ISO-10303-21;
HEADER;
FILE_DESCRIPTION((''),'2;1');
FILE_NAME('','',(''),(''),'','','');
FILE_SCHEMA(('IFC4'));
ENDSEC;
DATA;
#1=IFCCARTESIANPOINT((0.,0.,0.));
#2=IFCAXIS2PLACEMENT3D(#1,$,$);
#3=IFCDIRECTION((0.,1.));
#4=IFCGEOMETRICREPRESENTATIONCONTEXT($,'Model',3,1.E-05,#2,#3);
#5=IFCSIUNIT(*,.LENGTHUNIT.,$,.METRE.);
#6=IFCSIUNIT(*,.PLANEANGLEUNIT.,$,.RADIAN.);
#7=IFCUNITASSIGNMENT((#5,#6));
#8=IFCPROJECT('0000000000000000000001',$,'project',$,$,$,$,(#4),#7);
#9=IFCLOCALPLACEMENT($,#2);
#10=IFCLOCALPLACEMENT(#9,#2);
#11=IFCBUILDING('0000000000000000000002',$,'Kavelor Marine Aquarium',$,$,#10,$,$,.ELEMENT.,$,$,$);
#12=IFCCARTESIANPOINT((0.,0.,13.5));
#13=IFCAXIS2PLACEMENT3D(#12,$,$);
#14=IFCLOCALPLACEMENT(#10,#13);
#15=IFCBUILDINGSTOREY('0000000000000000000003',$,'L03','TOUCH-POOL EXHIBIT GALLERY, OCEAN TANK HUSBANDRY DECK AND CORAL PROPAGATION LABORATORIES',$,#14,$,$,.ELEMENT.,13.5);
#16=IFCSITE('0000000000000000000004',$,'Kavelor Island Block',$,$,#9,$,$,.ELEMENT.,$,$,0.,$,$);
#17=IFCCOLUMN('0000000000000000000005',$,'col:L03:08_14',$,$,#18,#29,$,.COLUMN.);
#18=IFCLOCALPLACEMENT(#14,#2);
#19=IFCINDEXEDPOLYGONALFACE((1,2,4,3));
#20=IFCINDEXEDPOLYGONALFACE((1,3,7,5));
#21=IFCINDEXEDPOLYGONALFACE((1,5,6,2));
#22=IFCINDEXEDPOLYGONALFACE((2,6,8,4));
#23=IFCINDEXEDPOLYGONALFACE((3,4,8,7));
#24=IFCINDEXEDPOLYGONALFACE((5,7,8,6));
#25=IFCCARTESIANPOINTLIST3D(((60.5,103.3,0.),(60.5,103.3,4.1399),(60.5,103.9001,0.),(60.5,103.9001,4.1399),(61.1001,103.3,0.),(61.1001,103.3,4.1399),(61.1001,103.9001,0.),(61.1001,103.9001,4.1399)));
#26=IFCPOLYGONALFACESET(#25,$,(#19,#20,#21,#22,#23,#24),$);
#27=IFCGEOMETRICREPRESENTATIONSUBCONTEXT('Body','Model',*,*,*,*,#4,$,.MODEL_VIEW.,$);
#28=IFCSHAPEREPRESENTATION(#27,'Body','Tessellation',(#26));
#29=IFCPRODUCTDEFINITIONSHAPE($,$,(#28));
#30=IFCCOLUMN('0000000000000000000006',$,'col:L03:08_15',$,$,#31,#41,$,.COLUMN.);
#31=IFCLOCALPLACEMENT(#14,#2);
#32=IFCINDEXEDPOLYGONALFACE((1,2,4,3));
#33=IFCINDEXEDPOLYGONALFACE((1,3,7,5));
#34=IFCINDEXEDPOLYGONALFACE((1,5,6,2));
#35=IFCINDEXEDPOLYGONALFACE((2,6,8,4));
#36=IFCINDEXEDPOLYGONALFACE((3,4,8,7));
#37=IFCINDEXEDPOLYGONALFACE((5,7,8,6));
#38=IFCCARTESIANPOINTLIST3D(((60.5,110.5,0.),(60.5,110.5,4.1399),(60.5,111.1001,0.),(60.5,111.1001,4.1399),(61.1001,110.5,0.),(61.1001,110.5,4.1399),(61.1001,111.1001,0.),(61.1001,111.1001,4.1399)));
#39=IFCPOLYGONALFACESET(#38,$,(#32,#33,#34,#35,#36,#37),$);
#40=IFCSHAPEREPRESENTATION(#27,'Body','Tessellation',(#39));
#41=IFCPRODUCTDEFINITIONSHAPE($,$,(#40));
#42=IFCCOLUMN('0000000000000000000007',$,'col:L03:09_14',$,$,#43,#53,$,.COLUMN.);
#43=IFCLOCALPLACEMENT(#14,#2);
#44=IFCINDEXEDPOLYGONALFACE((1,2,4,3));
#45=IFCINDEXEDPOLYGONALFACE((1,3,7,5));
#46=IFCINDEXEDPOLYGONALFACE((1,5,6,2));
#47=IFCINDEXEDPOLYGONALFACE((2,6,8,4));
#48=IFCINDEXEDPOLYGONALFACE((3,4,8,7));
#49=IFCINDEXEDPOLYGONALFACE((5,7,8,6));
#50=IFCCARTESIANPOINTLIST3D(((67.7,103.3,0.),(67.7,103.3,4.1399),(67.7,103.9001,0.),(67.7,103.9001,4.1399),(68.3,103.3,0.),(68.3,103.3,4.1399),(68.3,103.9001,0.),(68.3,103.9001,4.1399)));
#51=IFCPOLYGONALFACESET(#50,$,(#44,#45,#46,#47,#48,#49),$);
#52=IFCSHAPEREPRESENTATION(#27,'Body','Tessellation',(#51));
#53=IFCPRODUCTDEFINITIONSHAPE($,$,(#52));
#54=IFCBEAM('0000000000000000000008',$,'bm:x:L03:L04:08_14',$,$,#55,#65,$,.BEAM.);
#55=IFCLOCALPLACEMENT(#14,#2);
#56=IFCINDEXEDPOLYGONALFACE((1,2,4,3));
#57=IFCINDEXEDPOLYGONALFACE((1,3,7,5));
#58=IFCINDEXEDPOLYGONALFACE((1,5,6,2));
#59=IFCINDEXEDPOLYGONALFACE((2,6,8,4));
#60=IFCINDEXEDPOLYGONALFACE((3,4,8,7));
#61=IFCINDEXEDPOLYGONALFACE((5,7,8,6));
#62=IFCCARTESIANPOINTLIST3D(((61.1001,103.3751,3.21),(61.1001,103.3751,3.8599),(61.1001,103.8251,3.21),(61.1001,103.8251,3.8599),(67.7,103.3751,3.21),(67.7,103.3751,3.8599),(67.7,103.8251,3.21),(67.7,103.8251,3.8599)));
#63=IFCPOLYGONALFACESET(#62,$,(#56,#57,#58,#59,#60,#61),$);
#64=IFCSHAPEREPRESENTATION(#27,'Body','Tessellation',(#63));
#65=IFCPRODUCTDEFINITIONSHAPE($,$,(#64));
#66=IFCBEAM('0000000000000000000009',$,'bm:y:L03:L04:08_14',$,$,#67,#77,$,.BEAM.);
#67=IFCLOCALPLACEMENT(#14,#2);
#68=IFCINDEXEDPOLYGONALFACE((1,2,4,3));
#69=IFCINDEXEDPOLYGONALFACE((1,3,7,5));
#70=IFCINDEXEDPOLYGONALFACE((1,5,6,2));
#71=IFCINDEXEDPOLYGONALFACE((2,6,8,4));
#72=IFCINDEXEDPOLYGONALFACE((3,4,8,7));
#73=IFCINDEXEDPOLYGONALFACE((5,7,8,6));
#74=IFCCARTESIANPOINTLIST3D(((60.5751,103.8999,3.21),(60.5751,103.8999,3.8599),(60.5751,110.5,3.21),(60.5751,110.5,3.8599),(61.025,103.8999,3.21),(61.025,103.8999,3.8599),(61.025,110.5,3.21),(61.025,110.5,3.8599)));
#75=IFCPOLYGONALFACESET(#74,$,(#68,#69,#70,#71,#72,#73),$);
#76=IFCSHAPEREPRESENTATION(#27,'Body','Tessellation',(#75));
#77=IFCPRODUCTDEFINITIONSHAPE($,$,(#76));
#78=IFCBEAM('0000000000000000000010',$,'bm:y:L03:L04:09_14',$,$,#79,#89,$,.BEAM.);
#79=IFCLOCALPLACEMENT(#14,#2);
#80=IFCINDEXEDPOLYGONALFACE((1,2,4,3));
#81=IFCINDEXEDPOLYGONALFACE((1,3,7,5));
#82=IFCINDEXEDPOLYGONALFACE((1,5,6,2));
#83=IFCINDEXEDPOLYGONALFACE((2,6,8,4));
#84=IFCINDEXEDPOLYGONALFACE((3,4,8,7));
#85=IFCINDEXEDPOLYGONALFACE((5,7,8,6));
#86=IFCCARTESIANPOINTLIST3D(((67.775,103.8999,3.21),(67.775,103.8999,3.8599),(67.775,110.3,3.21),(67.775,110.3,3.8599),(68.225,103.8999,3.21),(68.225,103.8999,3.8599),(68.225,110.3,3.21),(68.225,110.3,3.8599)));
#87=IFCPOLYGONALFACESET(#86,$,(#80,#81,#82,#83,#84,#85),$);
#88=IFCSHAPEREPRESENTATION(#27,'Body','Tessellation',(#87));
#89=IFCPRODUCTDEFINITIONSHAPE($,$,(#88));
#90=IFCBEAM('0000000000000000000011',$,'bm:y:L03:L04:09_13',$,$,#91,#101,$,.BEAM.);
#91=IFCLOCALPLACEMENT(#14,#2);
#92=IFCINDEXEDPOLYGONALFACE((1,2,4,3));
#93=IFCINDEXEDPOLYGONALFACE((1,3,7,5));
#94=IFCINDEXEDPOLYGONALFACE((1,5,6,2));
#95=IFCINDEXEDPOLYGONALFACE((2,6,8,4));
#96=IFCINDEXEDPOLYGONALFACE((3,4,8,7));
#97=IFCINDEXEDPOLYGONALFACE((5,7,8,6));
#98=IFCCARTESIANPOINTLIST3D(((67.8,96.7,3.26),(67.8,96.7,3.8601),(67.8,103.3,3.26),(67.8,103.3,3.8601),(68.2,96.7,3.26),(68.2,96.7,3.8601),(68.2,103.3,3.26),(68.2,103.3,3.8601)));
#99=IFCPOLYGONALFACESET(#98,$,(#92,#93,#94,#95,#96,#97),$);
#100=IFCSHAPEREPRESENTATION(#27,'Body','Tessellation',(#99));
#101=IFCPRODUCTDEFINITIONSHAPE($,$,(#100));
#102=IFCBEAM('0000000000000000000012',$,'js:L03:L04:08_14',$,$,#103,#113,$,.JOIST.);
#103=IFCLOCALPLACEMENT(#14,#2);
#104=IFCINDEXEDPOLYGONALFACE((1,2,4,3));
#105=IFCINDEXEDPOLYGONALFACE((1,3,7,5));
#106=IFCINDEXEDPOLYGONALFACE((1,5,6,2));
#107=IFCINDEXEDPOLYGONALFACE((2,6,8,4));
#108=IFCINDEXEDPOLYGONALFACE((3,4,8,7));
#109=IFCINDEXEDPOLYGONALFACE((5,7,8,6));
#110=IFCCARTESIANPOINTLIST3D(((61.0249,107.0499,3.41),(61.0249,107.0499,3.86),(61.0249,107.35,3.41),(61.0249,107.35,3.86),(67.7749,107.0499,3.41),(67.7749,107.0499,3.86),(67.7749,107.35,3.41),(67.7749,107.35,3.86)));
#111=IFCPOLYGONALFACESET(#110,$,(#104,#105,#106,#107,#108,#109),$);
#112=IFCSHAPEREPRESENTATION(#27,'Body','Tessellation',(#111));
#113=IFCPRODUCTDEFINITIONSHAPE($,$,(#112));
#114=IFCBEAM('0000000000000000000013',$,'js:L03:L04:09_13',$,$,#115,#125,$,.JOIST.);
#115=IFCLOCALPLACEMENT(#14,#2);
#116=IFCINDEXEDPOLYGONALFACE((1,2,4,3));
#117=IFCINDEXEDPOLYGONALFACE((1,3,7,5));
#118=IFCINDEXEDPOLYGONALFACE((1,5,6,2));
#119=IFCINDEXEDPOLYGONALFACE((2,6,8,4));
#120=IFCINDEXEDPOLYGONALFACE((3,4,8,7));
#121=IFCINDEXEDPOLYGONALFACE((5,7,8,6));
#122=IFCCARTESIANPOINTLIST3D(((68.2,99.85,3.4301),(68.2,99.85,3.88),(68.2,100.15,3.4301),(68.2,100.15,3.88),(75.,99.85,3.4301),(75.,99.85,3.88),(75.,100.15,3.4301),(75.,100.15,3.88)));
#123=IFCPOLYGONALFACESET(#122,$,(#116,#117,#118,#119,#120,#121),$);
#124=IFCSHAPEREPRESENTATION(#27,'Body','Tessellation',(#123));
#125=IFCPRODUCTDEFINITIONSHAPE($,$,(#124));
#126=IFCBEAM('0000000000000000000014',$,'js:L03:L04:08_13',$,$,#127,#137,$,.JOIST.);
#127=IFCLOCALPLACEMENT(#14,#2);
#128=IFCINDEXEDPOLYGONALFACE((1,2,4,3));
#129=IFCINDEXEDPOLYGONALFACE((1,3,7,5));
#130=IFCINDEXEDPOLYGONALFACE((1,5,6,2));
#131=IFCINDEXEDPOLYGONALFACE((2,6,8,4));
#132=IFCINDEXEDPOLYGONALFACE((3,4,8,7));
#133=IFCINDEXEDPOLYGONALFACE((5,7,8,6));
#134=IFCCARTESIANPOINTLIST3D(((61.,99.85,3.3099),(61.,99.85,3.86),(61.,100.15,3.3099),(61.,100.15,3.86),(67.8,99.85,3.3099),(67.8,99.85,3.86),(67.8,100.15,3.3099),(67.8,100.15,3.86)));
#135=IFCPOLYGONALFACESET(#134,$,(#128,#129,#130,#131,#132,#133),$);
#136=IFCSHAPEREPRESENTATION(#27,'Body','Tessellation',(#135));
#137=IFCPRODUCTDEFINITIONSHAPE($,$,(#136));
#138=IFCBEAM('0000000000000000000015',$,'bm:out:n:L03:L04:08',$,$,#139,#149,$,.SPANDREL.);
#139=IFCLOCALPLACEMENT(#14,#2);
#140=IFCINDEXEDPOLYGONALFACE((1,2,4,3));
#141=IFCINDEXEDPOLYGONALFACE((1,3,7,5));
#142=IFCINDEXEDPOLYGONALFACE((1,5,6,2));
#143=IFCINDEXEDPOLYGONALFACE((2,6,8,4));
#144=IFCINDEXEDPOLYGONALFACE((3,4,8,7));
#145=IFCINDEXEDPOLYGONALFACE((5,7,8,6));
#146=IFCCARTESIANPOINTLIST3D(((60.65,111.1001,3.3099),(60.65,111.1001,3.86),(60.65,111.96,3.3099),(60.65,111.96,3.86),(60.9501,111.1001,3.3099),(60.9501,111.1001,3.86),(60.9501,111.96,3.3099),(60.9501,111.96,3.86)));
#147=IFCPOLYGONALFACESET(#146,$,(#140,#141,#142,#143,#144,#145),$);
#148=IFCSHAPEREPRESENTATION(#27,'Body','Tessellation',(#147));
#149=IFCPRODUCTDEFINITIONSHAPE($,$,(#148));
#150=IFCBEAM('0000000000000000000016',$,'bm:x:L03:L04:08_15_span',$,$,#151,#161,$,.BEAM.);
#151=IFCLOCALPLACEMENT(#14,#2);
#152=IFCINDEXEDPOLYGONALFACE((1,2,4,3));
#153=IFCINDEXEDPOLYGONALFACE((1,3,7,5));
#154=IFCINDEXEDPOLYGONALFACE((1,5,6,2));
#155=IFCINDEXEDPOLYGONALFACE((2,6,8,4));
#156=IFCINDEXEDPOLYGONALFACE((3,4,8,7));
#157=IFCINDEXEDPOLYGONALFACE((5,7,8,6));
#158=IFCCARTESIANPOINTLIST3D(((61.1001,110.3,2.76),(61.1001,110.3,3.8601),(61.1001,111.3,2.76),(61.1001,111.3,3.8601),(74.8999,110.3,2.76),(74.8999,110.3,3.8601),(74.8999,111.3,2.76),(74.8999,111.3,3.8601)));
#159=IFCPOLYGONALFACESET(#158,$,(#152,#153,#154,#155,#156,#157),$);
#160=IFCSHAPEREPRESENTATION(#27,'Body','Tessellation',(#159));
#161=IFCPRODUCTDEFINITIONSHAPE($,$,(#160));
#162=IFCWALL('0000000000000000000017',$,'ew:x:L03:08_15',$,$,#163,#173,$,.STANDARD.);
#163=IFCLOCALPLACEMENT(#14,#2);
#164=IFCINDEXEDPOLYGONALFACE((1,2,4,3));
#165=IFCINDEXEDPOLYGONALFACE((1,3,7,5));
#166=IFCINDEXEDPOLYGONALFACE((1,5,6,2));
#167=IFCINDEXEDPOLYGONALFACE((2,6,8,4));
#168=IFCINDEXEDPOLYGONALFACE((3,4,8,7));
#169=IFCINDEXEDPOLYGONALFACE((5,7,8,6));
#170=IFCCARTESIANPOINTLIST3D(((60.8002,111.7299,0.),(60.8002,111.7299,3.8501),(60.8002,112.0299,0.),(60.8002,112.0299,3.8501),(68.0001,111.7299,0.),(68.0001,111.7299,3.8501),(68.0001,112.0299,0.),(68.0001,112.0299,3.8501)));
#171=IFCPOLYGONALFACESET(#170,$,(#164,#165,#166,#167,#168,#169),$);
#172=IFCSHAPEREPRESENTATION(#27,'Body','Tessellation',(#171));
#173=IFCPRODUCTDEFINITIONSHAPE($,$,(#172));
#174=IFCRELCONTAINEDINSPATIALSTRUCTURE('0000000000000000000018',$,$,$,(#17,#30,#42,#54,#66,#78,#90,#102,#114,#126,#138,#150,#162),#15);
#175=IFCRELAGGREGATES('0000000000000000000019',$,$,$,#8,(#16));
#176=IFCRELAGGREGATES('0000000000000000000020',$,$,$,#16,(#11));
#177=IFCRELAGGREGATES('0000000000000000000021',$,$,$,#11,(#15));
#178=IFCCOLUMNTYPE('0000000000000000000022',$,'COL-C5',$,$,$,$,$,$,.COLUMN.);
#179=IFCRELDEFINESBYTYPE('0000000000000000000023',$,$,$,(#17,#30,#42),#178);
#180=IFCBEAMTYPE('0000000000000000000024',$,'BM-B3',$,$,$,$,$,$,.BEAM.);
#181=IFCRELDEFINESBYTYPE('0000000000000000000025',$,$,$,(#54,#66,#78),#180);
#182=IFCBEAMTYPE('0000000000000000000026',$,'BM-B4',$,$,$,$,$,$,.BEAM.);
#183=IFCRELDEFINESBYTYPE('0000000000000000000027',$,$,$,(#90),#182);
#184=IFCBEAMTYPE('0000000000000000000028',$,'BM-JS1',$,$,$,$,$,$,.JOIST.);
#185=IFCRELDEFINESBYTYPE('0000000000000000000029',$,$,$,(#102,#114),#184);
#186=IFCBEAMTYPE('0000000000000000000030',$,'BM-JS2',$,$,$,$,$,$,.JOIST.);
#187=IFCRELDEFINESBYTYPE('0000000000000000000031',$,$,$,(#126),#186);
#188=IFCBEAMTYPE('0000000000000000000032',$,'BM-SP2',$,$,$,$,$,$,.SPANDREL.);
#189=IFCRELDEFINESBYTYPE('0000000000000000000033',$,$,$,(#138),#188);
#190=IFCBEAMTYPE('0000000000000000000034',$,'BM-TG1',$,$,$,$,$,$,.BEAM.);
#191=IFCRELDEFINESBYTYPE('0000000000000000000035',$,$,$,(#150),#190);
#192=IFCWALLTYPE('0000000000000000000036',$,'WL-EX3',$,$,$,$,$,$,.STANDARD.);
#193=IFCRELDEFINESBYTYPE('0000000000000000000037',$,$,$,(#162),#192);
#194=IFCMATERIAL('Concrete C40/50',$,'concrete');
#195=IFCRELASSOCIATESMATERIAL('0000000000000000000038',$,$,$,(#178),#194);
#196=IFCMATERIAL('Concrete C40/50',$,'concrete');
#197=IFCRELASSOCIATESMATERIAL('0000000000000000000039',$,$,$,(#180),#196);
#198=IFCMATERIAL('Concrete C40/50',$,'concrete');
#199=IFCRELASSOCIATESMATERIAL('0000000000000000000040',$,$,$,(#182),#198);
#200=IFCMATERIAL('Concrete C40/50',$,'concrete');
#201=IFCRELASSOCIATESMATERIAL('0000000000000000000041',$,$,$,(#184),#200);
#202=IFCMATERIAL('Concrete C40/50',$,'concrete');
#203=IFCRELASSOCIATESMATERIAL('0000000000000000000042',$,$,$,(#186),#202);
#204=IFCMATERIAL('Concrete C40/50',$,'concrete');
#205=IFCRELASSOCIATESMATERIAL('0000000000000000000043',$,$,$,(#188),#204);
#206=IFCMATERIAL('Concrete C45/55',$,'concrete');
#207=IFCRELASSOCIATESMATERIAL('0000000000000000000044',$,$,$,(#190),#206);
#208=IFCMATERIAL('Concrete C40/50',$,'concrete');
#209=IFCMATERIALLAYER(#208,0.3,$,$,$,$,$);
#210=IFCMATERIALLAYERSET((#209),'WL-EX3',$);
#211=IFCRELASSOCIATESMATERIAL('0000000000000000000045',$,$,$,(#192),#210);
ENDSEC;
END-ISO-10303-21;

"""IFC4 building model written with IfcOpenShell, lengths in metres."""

from ifc_helpers import new_model, si_unit, direction, frame, frame_2d, origin, origin_2d, place, context, subcontext, project, spatial, rectangle, extrude, material, layer, layer_set, material_profile, profile_set, type_object, element, save


model = new_model("IFC4")

# Units and contexts
model_context = context("Model", 3, precision=1e-05, world=origin(), true_north=direction((0.0, 1.0)))
body_context = subcontext(model_context, "Body", "Model", "MODEL_VIEW")
ifc_project = project(units=[si_unit("LENGTHUNIT", "METRE"), si_unit("PLANEANGLEUNIT", "RADIAN")], contexts=[model_context])

# Site, building, storey
site_placement = place(None, origin())
site = spatial("IfcSite", under=ifc_project, at=site_placement, Name="Kavelor Island Block", CompositionType="ELEMENT", RefElevation=0.0)
building_placement = place(site_placement, origin())
building = spatial("IfcBuilding", under=site, at=building_placement, Name="Kavelor Marine Aquarium", CompositionType="ELEMENT")
storey_placement = place(building_placement, frame((0.0, 0.0, 13.5)))
storey = spatial("IfcBuildingStorey", under=building, at=storey_placement, Name="L03", Description="TOUCH-POOL EXHIBIT GALLERY, OCEAN TANK HUSBANDRY DECK AND CORAL PROPAGATION LABORATORIES", CompositionType="ELEMENT", Elevation=13.5)

# Columns
ifc_material_1 = material(Name="Concrete C40/50", Category="concrete")
ifc_material_profile_1 = material_profile(ifc_material_1, rectangle(XDim=0.6001, YDim=0.6001, at=origin_2d()), Name="RC-COL 600x600")
ifc_profile_set_1 = profile_set([ifc_material_profile_1], Name="Concrete C40/50")
column_type = type_object("IfcColumnType", Name="COL-C5", PredefinedType="COLUMN", material=ifc_profile_set_1)
for number, where, z_axis, x_axis, name in (
    (1, (60.8, 103.6001, 0.0), (0.0, 0.0, 1.0), (1.0, 0.0, 0.0), "col:L03:08_14"),
    (2, (60.8, 110.8, 0.0), (0.0, 0.0, 1.0), (1.0, 0.0, 0.0), "col:L03:08_15"),
    (3, (68.0, 103.6001, 0.0), (0.0, 0.0, 1.0), (1.0, 0.0, 0.0), "col:L03:09_14"),
):
    element("IfcColumn", number, at=place(storey_placement, frame(where, z_axis=z_axis, x_axis=x_axis)), inside=storey, type_object=column_type, Name=name, PredefinedType="COLUMN", context=body_context, shape_type="SweptSolid", body=[
        extrude(rectangle(XDim=0.6001, YDim=0.6001, at=origin_2d()), origin(), (0.0, 0.0, 1.0), 4.1399),
    ])

# Beams
ifc_material_2 = material(Name="Concrete C40/50", Category="concrete")
ifc_material_profile_2 = material_profile(ifc_material_2, rectangle(XDim=0.45, YDim=0.6499, at=origin_2d()), Name="RC-BM 450x650")
ifc_profile_set_2 = profile_set([ifc_material_profile_2], Name="Concrete C40/50")
beam_type_1 = type_object("IfcBeamType", Name="BM-B3", PredefinedType="BEAM", material=ifc_profile_set_2)
beam_1_placement = place(storey_placement, frame((61.1001, 103.6001, 3.5349), z_axis=(1.0, 0.0, 0.0), x_axis=(0.0, 1.0, 0.0)))
element("IfcBeam", 4, at=beam_1_placement, inside=storey, type_object=beam_type_1, Name="bm:x:L03:L04:08_14", PredefinedType="BEAM", context=body_context, shape_type="SweptSolid", body=[
    extrude(rectangle(XDim=0.45, YDim=0.6499, at=origin_2d()), origin(), (0.0, 0.0, 1.0), 6.5999),
])
beam_2_placement = place(storey_placement, frame((60.8, 103.8999, 3.5349), z_axis=(0.0, 1.0, 0.0), x_axis=(-1.0, 0.0, 0.0)))
element("IfcBeam", 5, at=beam_2_placement, inside=storey, type_object=beam_type_1, Name="bm:y:L03:L04:08_14", PredefinedType="BEAM", context=body_context, shape_type="SweptSolid", body=[
    extrude(rectangle(XDim=0.45, YDim=0.6499, at=origin_2d()), origin(), (0.0, 0.0, 1.0), 6.6001),
])
beam_3_placement = place(storey_placement, frame((68.0, 103.8999, 3.5349), z_axis=(0.0, 1.0, 0.0), x_axis=(-1.0, 0.0, 0.0)))
element("IfcBeam", 6, at=beam_3_placement, inside=storey, type_object=beam_type_1, Name="bm:y:L03:L04:09_14", PredefinedType="BEAM", context=body_context, shape_type="SweptSolid", body=[
    extrude(rectangle(XDim=0.45, YDim=0.6499, at=origin_2d()), origin(), (0.0, 0.0, 1.0), 6.4001),
])
ifc_material_3 = material(Name="Concrete C40/50", Category="concrete")
ifc_material_profile_3 = material_profile(ifc_material_3, rectangle(XDim=0.3999, YDim=0.6001, at=origin_2d()), Name="RC-BM 400x600")
ifc_profile_set_3 = profile_set([ifc_material_profile_3], Name="Concrete C40/50")
beam_type_2 = type_object("IfcBeamType", Name="BM-B4", PredefinedType="BEAM", material=ifc_profile_set_3)
beam_4_placement = place(storey_placement, frame((68.0, 96.7, 3.5601), z_axis=(0.0, 1.0, 0.0), x_axis=(-1.0, 0.0, 0.0)))
element("IfcBeam", 7, at=beam_4_placement, inside=storey, type_object=beam_type_2, Name="bm:y:L03:L04:09_13", PredefinedType="BEAM", context=body_context, shape_type="SweptSolid", body=[
    extrude(rectangle(XDim=0.3999, YDim=0.6001, at=origin_2d()), origin(), (0.0, 0.0, 1.0), 6.6001),
])
ifc_material_4 = material(Name="Concrete C40/50", Category="concrete")
ifc_material_profile_4 = material_profile(ifc_material_4, rectangle(XDim=0.3, YDim=0.45, at=origin_2d()), Name="RC-JS 300x450")
ifc_profile_set_4 = profile_set([ifc_material_profile_4], Name="Concrete C40/50")
beam_type_3 = type_object("IfcBeamType", Name="BM-JS1", PredefinedType="JOIST", material=ifc_profile_set_4)
beam_5_placement = place(storey_placement, frame((61.0249, 107.2, 3.635), z_axis=(1.0, 0.0, 0.0), x_axis=(0.0, 1.0, 0.0)))
element("IfcBeam", 8, at=beam_5_placement, inside=storey, type_object=beam_type_3, Name="js:L03:L04:08_14", PredefinedType="JOIST", context=body_context, shape_type="SweptSolid", body=[
    extrude(rectangle(XDim=0.3, YDim=0.45, at=origin_2d()), origin(), (0.0, 0.0, 1.0), 6.75),
])
beam_6_placement = place(storey_placement, frame((68.2, 100.0, 3.655), z_axis=(1.0, 0.0, 0.0), x_axis=(0.0, 1.0, 0.0)))
element("IfcBeam", 9, at=beam_6_placement, inside=storey, type_object=beam_type_3, Name="js:L03:L04:09_13", PredefinedType="JOIST", context=body_context, shape_type="SweptSolid", body=[
    extrude(rectangle(XDim=0.3, YDim=0.45, at=origin_2d()), origin(), (0.0, 0.0, 1.0), 6.8),
])
ifc_material_5 = material(Name="Concrete C40/50", Category="concrete")
ifc_material_profile_5 = material_profile(ifc_material_5, rectangle(XDim=0.3, YDim=0.55, at=origin_2d()), Name="RC-JS 300x550")
ifc_profile_set_5 = profile_set([ifc_material_profile_5], Name="Concrete C40/50")
beam_type_4 = type_object("IfcBeamType", Name="BM-JS2", PredefinedType="JOIST", material=ifc_profile_set_5)
beam_7_placement = place(storey_placement, frame((61.0, 100.0, 3.585), z_axis=(1.0, 0.0, 0.0), x_axis=(0.0, 1.0, 0.0)))
element("IfcBeam", 10, at=beam_7_placement, inside=storey, type_object=beam_type_4, Name="js:L03:L04:08_13", PredefinedType="JOIST", context=body_context, shape_type="SweptSolid", body=[
    extrude(rectangle(XDim=0.3, YDim=0.55, at=origin_2d()), origin(), (0.0, 0.0, 1.0), 6.8),
])
ifc_material_6 = material(Name="Concrete C40/50", Category="concrete")
ifc_material_profile_6 = material_profile(ifc_material_6, rectangle(XDim=0.3, YDim=0.55, at=origin_2d()), Name="RC-SP 300x550")
ifc_profile_set_6 = profile_set([ifc_material_profile_6], Name="Concrete C40/50")
beam_type_5 = type_object("IfcBeamType", Name="BM-SP2", PredefinedType="SPANDREL", material=ifc_profile_set_6)
beam_8_placement = place(storey_placement, frame((60.8, 111.1001, 3.585), z_axis=(0.0, 1.0, 0.0), x_axis=(-1.0, 0.0, 0.0)))
element("IfcBeam", 11, at=beam_8_placement, inside=storey, type_object=beam_type_5, Name="bm:out:n:L03:L04:08", PredefinedType="SPANDREL", context=body_context, shape_type="SweptSolid", body=[
    extrude(rectangle(XDim=0.3, YDim=0.55, at=origin_2d()), origin(), (0.0, 0.0, 1.0), 0.8599),
])
ifc_material_7 = material(Name="Concrete C45/55", Category="concrete")
ifc_material_profile_7 = material_profile(ifc_material_7, rectangle(XDim=1.0, YDim=1.1001, at=origin_2d()), Name="RC-TG 1000x1100")
ifc_profile_set_7 = profile_set([ifc_material_profile_7], Name="Concrete C45/55")
beam_type_6 = type_object("IfcBeamType", Name="BM-TG1", PredefinedType="BEAM", material=ifc_profile_set_7)
beam_9_placement = place(storey_placement, frame((61.1001, 110.8, 3.3101), z_axis=(1.0, 0.0, 0.0), x_axis=(0.0, 1.0, 0.0)))
element("IfcBeam", 12, at=beam_9_placement, inside=storey, type_object=beam_type_6, Name="bm:x:L03:L04:08_15_span", PredefinedType="BEAM", context=body_context, shape_type="SweptSolid", body=[
    extrude(rectangle(XDim=1.0, YDim=1.1001, at=origin_2d()), origin(), (0.0, 0.0, 1.0), 13.7998),
])

# Wall
ifc_material_8 = material(Name="Concrete C40/50", Category="concrete")
ifc_layer_1 = layer(ifc_material_8, 0.3)
ifc_layer_set_1 = layer_set([ifc_layer_1], Name="WL-EX3")
wall_type_1 = type_object("IfcWallType", Name="WL-EX3", PredefinedType="STANDARD", material=ifc_layer_set_1)
wall_1_placement = place(storey_placement, frame((60.8, 111.8799, 0.0), z_axis=(0.0, 0.0, 1.0), x_axis=(1.0, 0.0, 0.0)))
element("IfcWall", 13, at=wall_1_placement, inside=storey, type_object=wall_type_1, Name="ew:x:L03:08_15", PredefinedType="STANDARD", context=body_context, shape_type="SweptSolid", body=[
    extrude(rectangle(XDim=7.2, YDim=0.3, at=frame_2d((3.6001, 0.0))), origin(), (0.0, 0.0, 1.0), 3.8501),
])

save(model, "model.ifc")
